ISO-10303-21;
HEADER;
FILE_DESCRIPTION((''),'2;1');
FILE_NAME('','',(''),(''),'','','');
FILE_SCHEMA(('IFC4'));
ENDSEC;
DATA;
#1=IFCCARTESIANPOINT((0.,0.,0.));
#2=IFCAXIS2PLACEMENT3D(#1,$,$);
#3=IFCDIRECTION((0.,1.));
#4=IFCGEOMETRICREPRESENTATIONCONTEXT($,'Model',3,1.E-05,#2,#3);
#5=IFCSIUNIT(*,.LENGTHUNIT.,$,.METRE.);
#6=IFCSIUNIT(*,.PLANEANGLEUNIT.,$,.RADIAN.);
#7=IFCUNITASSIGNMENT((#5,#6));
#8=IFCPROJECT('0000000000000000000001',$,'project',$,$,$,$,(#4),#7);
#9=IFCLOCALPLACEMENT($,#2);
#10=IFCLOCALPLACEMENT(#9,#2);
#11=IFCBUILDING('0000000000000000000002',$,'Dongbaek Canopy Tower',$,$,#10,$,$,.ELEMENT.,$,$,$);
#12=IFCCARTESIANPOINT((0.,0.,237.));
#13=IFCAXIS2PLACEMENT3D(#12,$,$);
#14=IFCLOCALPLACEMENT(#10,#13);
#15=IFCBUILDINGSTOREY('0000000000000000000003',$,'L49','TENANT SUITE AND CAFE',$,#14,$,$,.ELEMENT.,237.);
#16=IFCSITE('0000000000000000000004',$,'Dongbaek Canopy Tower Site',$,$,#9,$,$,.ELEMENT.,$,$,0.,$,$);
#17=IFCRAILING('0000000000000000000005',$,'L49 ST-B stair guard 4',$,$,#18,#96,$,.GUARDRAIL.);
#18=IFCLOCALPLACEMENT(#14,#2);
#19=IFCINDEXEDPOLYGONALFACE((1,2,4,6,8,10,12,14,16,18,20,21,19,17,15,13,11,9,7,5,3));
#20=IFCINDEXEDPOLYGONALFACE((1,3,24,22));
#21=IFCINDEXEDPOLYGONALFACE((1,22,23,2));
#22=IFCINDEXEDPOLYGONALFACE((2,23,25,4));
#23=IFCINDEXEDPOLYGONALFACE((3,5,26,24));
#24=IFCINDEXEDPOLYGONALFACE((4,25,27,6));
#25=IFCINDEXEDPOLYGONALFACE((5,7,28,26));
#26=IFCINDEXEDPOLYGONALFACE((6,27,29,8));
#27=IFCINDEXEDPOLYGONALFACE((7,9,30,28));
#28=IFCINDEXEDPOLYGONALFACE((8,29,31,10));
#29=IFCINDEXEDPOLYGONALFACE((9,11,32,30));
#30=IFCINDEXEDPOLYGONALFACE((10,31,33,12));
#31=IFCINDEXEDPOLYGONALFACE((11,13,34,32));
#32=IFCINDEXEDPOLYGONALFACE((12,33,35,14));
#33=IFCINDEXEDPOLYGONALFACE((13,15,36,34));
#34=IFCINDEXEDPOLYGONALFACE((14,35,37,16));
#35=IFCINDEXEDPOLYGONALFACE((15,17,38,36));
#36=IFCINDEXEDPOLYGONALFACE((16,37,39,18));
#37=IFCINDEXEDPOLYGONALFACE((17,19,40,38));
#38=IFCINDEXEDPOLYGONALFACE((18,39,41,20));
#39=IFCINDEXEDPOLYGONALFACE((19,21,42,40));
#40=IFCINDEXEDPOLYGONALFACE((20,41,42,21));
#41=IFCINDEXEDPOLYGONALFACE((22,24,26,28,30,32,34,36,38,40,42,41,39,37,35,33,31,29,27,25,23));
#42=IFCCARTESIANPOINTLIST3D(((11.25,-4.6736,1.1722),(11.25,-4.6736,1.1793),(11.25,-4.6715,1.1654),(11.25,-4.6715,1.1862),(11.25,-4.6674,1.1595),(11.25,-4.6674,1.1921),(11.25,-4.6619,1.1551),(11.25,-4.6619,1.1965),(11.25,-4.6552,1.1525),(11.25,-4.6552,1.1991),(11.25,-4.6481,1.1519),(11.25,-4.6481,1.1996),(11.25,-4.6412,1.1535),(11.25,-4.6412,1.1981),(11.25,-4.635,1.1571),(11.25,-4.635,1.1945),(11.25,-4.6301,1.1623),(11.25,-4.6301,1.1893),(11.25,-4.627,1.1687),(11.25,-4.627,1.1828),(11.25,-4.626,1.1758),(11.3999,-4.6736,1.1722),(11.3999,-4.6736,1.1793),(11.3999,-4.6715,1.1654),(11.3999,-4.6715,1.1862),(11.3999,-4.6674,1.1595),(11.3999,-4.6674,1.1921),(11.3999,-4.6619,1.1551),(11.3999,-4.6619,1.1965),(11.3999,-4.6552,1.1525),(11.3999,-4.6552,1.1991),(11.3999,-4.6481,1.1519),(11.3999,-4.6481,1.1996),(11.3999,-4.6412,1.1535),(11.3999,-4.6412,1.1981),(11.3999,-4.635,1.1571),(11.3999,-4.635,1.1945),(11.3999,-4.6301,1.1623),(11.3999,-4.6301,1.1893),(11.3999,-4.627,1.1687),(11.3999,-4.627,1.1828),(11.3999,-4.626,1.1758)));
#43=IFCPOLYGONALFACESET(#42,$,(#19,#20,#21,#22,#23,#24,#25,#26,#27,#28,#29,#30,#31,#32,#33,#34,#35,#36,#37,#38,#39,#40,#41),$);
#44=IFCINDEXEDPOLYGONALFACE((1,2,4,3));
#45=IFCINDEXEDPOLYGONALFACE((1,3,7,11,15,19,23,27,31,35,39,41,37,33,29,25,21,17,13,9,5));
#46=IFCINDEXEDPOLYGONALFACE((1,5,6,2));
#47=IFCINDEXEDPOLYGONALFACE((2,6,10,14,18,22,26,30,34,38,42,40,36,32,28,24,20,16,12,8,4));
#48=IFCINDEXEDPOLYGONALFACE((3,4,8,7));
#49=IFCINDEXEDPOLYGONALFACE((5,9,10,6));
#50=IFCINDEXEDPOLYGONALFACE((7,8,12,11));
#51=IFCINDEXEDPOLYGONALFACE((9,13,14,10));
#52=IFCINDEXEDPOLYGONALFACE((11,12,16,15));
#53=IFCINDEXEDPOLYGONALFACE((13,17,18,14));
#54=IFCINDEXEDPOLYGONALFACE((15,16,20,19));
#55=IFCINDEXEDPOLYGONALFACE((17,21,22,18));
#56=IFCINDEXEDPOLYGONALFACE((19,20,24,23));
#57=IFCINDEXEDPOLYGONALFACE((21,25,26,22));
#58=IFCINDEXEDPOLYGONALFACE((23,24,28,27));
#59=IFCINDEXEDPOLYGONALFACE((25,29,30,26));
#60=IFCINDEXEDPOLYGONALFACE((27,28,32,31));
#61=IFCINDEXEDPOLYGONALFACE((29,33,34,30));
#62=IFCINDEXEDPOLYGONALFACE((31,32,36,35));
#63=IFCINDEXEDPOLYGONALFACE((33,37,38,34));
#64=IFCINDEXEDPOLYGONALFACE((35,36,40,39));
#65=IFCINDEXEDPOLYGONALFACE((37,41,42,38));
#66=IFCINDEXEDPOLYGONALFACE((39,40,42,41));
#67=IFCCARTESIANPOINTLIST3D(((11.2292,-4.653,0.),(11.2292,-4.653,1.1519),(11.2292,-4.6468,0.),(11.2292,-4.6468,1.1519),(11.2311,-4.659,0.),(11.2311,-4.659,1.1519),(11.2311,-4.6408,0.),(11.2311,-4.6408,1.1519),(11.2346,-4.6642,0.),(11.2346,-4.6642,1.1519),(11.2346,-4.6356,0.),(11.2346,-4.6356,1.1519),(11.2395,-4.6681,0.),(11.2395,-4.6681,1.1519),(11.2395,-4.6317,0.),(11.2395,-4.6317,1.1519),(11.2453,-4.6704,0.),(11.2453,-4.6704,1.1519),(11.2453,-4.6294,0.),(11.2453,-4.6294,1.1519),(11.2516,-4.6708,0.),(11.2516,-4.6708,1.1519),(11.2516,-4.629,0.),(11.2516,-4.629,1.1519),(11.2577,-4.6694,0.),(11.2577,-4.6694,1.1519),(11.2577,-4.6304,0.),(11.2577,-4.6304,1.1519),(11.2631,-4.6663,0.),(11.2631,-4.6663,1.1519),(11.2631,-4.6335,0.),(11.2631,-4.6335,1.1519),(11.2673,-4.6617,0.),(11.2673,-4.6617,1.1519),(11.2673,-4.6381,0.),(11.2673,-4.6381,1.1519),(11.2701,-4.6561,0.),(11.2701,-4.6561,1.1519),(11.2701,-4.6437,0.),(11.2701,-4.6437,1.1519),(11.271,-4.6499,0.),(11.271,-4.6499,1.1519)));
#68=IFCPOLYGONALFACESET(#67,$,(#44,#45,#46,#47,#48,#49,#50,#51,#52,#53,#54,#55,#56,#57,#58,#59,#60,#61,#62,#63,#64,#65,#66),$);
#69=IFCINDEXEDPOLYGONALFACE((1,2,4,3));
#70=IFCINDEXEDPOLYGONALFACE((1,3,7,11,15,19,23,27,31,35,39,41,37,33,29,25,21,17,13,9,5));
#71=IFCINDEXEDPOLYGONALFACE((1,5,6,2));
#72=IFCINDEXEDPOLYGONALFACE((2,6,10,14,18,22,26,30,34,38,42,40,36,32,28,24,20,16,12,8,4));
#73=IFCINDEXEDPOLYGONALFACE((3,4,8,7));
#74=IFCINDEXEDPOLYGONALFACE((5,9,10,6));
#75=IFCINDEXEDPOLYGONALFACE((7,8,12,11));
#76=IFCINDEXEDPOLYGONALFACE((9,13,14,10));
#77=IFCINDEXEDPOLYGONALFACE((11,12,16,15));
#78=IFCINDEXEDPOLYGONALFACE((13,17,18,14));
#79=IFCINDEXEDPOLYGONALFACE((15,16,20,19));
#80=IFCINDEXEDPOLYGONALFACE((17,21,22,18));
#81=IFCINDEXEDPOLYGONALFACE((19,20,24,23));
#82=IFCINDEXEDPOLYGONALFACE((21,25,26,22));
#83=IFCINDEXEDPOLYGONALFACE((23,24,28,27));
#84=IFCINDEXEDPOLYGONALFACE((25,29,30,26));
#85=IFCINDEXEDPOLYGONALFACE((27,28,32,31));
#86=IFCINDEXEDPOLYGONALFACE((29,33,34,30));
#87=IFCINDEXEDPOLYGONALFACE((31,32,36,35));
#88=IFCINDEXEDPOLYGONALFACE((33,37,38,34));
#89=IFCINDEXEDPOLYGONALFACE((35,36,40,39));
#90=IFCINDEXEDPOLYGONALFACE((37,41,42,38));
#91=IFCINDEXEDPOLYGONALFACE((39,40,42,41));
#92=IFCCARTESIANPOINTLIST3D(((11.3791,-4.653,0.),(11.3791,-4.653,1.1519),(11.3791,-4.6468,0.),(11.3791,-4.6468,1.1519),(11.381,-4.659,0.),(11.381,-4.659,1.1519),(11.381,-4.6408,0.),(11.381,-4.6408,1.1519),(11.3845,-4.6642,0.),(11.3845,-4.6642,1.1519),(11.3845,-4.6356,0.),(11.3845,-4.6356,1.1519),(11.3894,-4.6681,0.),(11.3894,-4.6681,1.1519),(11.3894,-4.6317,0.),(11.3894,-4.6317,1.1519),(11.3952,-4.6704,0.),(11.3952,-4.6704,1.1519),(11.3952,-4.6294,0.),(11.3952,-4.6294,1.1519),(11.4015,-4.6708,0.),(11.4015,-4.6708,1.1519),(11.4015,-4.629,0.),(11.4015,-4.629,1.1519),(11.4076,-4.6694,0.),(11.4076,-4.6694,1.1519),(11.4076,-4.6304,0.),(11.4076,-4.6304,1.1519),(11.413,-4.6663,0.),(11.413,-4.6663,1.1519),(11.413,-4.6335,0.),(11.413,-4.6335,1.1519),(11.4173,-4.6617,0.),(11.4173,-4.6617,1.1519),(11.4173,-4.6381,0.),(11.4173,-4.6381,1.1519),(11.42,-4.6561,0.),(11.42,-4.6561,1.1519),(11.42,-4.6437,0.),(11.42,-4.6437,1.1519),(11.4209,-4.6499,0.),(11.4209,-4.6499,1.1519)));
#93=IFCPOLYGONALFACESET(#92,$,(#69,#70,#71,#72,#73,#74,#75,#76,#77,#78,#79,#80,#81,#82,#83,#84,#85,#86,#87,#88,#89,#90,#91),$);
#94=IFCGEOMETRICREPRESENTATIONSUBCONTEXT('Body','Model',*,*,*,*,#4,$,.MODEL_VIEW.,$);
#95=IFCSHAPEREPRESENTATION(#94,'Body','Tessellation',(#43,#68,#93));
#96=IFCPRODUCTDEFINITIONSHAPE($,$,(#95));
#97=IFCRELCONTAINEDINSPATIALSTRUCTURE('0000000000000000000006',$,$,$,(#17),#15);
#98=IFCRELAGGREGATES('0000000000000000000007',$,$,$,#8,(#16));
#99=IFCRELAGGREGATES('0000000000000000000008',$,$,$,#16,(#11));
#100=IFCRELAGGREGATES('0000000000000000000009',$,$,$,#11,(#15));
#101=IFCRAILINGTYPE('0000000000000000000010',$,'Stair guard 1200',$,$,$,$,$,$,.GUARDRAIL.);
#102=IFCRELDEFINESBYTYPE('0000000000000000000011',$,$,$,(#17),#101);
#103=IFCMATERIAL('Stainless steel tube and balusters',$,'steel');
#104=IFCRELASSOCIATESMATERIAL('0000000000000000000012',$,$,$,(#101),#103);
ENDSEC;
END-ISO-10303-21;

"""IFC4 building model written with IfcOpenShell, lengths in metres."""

from ifc_helpers import new_model, si_unit, direction, frame, origin, origin_2d, place, context, subcontext, project, spatial, circle, extrude, material, type_object, element, save


model = new_model("IFC4")

# Units and contexts
model_context = context("Model", 3, precision=1e-05, world=origin(), true_north=direction((0.0, 1.0)))
body_context = subcontext(model_context, "Body", "Model", "MODEL_VIEW")
ifc_project = project(units=[si_unit("LENGTHUNIT", "METRE"), si_unit("PLANEANGLEUNIT", "RADIAN")], contexts=[model_context])

# Site, building, storey
site_placement = place(None, origin())
site = spatial("IfcSite", under=ifc_project, at=site_placement, Name="Dongbaek Canopy Tower Site", CompositionType="ELEMENT", RefElevation=0.0)
building_placement = place(site_placement, origin())
building = spatial("IfcBuilding", under=site, at=building_placement, Name="Dongbaek Canopy Tower", CompositionType="ELEMENT")
storey_placement = place(building_placement, frame((0.0, 0.0, 237.0)))
storey = spatial("IfcBuildingStorey", under=building, at=storey_placement, Name="L49", Description="TENANT SUITE AND CAFE", CompositionType="ELEMENT", Elevation=237.0)

# Railing
ifc_material_1 = material(Name="Stainless steel tube and balusters", Category="steel")
railing_type_1 = type_object("IfcRailingType", Name="Stair guard 1200", PredefinedType="GUARDRAIL", material=ifc_material_1)
railing_1_placement = place(storey_placement, frame((11.25, -4.6499, 0.0)))
element("IfcRailing", 1, at=railing_1_placement, inside=storey, type_object=railing_type_1, Name="L49 ST-B stair guard 4", PredefinedType="GUARDRAIL", context=body_context, shape_type="SweptSolid", body=[
    extrude(circle(Radius=0.0239, at=origin_2d()), frame((0.0, 0.0, 1.1758), z_axis=(1.0, 0.0, 0.0), x_axis=(0.0, 1.0, 0.0)), (0.0, 0.0, 1.0), 0.1499),
    extrude(circle(Radius=0.021, at=origin_2d()), origin(), (0.0, 0.0, 1.0), 1.1519),
    extrude(circle(Radius=0.021, at=origin_2d()), frame((0.1499, 0.0, 0.0)), (0.0, 0.0, 1.0), 1.1519),
])

save(model, "model.ifc")
